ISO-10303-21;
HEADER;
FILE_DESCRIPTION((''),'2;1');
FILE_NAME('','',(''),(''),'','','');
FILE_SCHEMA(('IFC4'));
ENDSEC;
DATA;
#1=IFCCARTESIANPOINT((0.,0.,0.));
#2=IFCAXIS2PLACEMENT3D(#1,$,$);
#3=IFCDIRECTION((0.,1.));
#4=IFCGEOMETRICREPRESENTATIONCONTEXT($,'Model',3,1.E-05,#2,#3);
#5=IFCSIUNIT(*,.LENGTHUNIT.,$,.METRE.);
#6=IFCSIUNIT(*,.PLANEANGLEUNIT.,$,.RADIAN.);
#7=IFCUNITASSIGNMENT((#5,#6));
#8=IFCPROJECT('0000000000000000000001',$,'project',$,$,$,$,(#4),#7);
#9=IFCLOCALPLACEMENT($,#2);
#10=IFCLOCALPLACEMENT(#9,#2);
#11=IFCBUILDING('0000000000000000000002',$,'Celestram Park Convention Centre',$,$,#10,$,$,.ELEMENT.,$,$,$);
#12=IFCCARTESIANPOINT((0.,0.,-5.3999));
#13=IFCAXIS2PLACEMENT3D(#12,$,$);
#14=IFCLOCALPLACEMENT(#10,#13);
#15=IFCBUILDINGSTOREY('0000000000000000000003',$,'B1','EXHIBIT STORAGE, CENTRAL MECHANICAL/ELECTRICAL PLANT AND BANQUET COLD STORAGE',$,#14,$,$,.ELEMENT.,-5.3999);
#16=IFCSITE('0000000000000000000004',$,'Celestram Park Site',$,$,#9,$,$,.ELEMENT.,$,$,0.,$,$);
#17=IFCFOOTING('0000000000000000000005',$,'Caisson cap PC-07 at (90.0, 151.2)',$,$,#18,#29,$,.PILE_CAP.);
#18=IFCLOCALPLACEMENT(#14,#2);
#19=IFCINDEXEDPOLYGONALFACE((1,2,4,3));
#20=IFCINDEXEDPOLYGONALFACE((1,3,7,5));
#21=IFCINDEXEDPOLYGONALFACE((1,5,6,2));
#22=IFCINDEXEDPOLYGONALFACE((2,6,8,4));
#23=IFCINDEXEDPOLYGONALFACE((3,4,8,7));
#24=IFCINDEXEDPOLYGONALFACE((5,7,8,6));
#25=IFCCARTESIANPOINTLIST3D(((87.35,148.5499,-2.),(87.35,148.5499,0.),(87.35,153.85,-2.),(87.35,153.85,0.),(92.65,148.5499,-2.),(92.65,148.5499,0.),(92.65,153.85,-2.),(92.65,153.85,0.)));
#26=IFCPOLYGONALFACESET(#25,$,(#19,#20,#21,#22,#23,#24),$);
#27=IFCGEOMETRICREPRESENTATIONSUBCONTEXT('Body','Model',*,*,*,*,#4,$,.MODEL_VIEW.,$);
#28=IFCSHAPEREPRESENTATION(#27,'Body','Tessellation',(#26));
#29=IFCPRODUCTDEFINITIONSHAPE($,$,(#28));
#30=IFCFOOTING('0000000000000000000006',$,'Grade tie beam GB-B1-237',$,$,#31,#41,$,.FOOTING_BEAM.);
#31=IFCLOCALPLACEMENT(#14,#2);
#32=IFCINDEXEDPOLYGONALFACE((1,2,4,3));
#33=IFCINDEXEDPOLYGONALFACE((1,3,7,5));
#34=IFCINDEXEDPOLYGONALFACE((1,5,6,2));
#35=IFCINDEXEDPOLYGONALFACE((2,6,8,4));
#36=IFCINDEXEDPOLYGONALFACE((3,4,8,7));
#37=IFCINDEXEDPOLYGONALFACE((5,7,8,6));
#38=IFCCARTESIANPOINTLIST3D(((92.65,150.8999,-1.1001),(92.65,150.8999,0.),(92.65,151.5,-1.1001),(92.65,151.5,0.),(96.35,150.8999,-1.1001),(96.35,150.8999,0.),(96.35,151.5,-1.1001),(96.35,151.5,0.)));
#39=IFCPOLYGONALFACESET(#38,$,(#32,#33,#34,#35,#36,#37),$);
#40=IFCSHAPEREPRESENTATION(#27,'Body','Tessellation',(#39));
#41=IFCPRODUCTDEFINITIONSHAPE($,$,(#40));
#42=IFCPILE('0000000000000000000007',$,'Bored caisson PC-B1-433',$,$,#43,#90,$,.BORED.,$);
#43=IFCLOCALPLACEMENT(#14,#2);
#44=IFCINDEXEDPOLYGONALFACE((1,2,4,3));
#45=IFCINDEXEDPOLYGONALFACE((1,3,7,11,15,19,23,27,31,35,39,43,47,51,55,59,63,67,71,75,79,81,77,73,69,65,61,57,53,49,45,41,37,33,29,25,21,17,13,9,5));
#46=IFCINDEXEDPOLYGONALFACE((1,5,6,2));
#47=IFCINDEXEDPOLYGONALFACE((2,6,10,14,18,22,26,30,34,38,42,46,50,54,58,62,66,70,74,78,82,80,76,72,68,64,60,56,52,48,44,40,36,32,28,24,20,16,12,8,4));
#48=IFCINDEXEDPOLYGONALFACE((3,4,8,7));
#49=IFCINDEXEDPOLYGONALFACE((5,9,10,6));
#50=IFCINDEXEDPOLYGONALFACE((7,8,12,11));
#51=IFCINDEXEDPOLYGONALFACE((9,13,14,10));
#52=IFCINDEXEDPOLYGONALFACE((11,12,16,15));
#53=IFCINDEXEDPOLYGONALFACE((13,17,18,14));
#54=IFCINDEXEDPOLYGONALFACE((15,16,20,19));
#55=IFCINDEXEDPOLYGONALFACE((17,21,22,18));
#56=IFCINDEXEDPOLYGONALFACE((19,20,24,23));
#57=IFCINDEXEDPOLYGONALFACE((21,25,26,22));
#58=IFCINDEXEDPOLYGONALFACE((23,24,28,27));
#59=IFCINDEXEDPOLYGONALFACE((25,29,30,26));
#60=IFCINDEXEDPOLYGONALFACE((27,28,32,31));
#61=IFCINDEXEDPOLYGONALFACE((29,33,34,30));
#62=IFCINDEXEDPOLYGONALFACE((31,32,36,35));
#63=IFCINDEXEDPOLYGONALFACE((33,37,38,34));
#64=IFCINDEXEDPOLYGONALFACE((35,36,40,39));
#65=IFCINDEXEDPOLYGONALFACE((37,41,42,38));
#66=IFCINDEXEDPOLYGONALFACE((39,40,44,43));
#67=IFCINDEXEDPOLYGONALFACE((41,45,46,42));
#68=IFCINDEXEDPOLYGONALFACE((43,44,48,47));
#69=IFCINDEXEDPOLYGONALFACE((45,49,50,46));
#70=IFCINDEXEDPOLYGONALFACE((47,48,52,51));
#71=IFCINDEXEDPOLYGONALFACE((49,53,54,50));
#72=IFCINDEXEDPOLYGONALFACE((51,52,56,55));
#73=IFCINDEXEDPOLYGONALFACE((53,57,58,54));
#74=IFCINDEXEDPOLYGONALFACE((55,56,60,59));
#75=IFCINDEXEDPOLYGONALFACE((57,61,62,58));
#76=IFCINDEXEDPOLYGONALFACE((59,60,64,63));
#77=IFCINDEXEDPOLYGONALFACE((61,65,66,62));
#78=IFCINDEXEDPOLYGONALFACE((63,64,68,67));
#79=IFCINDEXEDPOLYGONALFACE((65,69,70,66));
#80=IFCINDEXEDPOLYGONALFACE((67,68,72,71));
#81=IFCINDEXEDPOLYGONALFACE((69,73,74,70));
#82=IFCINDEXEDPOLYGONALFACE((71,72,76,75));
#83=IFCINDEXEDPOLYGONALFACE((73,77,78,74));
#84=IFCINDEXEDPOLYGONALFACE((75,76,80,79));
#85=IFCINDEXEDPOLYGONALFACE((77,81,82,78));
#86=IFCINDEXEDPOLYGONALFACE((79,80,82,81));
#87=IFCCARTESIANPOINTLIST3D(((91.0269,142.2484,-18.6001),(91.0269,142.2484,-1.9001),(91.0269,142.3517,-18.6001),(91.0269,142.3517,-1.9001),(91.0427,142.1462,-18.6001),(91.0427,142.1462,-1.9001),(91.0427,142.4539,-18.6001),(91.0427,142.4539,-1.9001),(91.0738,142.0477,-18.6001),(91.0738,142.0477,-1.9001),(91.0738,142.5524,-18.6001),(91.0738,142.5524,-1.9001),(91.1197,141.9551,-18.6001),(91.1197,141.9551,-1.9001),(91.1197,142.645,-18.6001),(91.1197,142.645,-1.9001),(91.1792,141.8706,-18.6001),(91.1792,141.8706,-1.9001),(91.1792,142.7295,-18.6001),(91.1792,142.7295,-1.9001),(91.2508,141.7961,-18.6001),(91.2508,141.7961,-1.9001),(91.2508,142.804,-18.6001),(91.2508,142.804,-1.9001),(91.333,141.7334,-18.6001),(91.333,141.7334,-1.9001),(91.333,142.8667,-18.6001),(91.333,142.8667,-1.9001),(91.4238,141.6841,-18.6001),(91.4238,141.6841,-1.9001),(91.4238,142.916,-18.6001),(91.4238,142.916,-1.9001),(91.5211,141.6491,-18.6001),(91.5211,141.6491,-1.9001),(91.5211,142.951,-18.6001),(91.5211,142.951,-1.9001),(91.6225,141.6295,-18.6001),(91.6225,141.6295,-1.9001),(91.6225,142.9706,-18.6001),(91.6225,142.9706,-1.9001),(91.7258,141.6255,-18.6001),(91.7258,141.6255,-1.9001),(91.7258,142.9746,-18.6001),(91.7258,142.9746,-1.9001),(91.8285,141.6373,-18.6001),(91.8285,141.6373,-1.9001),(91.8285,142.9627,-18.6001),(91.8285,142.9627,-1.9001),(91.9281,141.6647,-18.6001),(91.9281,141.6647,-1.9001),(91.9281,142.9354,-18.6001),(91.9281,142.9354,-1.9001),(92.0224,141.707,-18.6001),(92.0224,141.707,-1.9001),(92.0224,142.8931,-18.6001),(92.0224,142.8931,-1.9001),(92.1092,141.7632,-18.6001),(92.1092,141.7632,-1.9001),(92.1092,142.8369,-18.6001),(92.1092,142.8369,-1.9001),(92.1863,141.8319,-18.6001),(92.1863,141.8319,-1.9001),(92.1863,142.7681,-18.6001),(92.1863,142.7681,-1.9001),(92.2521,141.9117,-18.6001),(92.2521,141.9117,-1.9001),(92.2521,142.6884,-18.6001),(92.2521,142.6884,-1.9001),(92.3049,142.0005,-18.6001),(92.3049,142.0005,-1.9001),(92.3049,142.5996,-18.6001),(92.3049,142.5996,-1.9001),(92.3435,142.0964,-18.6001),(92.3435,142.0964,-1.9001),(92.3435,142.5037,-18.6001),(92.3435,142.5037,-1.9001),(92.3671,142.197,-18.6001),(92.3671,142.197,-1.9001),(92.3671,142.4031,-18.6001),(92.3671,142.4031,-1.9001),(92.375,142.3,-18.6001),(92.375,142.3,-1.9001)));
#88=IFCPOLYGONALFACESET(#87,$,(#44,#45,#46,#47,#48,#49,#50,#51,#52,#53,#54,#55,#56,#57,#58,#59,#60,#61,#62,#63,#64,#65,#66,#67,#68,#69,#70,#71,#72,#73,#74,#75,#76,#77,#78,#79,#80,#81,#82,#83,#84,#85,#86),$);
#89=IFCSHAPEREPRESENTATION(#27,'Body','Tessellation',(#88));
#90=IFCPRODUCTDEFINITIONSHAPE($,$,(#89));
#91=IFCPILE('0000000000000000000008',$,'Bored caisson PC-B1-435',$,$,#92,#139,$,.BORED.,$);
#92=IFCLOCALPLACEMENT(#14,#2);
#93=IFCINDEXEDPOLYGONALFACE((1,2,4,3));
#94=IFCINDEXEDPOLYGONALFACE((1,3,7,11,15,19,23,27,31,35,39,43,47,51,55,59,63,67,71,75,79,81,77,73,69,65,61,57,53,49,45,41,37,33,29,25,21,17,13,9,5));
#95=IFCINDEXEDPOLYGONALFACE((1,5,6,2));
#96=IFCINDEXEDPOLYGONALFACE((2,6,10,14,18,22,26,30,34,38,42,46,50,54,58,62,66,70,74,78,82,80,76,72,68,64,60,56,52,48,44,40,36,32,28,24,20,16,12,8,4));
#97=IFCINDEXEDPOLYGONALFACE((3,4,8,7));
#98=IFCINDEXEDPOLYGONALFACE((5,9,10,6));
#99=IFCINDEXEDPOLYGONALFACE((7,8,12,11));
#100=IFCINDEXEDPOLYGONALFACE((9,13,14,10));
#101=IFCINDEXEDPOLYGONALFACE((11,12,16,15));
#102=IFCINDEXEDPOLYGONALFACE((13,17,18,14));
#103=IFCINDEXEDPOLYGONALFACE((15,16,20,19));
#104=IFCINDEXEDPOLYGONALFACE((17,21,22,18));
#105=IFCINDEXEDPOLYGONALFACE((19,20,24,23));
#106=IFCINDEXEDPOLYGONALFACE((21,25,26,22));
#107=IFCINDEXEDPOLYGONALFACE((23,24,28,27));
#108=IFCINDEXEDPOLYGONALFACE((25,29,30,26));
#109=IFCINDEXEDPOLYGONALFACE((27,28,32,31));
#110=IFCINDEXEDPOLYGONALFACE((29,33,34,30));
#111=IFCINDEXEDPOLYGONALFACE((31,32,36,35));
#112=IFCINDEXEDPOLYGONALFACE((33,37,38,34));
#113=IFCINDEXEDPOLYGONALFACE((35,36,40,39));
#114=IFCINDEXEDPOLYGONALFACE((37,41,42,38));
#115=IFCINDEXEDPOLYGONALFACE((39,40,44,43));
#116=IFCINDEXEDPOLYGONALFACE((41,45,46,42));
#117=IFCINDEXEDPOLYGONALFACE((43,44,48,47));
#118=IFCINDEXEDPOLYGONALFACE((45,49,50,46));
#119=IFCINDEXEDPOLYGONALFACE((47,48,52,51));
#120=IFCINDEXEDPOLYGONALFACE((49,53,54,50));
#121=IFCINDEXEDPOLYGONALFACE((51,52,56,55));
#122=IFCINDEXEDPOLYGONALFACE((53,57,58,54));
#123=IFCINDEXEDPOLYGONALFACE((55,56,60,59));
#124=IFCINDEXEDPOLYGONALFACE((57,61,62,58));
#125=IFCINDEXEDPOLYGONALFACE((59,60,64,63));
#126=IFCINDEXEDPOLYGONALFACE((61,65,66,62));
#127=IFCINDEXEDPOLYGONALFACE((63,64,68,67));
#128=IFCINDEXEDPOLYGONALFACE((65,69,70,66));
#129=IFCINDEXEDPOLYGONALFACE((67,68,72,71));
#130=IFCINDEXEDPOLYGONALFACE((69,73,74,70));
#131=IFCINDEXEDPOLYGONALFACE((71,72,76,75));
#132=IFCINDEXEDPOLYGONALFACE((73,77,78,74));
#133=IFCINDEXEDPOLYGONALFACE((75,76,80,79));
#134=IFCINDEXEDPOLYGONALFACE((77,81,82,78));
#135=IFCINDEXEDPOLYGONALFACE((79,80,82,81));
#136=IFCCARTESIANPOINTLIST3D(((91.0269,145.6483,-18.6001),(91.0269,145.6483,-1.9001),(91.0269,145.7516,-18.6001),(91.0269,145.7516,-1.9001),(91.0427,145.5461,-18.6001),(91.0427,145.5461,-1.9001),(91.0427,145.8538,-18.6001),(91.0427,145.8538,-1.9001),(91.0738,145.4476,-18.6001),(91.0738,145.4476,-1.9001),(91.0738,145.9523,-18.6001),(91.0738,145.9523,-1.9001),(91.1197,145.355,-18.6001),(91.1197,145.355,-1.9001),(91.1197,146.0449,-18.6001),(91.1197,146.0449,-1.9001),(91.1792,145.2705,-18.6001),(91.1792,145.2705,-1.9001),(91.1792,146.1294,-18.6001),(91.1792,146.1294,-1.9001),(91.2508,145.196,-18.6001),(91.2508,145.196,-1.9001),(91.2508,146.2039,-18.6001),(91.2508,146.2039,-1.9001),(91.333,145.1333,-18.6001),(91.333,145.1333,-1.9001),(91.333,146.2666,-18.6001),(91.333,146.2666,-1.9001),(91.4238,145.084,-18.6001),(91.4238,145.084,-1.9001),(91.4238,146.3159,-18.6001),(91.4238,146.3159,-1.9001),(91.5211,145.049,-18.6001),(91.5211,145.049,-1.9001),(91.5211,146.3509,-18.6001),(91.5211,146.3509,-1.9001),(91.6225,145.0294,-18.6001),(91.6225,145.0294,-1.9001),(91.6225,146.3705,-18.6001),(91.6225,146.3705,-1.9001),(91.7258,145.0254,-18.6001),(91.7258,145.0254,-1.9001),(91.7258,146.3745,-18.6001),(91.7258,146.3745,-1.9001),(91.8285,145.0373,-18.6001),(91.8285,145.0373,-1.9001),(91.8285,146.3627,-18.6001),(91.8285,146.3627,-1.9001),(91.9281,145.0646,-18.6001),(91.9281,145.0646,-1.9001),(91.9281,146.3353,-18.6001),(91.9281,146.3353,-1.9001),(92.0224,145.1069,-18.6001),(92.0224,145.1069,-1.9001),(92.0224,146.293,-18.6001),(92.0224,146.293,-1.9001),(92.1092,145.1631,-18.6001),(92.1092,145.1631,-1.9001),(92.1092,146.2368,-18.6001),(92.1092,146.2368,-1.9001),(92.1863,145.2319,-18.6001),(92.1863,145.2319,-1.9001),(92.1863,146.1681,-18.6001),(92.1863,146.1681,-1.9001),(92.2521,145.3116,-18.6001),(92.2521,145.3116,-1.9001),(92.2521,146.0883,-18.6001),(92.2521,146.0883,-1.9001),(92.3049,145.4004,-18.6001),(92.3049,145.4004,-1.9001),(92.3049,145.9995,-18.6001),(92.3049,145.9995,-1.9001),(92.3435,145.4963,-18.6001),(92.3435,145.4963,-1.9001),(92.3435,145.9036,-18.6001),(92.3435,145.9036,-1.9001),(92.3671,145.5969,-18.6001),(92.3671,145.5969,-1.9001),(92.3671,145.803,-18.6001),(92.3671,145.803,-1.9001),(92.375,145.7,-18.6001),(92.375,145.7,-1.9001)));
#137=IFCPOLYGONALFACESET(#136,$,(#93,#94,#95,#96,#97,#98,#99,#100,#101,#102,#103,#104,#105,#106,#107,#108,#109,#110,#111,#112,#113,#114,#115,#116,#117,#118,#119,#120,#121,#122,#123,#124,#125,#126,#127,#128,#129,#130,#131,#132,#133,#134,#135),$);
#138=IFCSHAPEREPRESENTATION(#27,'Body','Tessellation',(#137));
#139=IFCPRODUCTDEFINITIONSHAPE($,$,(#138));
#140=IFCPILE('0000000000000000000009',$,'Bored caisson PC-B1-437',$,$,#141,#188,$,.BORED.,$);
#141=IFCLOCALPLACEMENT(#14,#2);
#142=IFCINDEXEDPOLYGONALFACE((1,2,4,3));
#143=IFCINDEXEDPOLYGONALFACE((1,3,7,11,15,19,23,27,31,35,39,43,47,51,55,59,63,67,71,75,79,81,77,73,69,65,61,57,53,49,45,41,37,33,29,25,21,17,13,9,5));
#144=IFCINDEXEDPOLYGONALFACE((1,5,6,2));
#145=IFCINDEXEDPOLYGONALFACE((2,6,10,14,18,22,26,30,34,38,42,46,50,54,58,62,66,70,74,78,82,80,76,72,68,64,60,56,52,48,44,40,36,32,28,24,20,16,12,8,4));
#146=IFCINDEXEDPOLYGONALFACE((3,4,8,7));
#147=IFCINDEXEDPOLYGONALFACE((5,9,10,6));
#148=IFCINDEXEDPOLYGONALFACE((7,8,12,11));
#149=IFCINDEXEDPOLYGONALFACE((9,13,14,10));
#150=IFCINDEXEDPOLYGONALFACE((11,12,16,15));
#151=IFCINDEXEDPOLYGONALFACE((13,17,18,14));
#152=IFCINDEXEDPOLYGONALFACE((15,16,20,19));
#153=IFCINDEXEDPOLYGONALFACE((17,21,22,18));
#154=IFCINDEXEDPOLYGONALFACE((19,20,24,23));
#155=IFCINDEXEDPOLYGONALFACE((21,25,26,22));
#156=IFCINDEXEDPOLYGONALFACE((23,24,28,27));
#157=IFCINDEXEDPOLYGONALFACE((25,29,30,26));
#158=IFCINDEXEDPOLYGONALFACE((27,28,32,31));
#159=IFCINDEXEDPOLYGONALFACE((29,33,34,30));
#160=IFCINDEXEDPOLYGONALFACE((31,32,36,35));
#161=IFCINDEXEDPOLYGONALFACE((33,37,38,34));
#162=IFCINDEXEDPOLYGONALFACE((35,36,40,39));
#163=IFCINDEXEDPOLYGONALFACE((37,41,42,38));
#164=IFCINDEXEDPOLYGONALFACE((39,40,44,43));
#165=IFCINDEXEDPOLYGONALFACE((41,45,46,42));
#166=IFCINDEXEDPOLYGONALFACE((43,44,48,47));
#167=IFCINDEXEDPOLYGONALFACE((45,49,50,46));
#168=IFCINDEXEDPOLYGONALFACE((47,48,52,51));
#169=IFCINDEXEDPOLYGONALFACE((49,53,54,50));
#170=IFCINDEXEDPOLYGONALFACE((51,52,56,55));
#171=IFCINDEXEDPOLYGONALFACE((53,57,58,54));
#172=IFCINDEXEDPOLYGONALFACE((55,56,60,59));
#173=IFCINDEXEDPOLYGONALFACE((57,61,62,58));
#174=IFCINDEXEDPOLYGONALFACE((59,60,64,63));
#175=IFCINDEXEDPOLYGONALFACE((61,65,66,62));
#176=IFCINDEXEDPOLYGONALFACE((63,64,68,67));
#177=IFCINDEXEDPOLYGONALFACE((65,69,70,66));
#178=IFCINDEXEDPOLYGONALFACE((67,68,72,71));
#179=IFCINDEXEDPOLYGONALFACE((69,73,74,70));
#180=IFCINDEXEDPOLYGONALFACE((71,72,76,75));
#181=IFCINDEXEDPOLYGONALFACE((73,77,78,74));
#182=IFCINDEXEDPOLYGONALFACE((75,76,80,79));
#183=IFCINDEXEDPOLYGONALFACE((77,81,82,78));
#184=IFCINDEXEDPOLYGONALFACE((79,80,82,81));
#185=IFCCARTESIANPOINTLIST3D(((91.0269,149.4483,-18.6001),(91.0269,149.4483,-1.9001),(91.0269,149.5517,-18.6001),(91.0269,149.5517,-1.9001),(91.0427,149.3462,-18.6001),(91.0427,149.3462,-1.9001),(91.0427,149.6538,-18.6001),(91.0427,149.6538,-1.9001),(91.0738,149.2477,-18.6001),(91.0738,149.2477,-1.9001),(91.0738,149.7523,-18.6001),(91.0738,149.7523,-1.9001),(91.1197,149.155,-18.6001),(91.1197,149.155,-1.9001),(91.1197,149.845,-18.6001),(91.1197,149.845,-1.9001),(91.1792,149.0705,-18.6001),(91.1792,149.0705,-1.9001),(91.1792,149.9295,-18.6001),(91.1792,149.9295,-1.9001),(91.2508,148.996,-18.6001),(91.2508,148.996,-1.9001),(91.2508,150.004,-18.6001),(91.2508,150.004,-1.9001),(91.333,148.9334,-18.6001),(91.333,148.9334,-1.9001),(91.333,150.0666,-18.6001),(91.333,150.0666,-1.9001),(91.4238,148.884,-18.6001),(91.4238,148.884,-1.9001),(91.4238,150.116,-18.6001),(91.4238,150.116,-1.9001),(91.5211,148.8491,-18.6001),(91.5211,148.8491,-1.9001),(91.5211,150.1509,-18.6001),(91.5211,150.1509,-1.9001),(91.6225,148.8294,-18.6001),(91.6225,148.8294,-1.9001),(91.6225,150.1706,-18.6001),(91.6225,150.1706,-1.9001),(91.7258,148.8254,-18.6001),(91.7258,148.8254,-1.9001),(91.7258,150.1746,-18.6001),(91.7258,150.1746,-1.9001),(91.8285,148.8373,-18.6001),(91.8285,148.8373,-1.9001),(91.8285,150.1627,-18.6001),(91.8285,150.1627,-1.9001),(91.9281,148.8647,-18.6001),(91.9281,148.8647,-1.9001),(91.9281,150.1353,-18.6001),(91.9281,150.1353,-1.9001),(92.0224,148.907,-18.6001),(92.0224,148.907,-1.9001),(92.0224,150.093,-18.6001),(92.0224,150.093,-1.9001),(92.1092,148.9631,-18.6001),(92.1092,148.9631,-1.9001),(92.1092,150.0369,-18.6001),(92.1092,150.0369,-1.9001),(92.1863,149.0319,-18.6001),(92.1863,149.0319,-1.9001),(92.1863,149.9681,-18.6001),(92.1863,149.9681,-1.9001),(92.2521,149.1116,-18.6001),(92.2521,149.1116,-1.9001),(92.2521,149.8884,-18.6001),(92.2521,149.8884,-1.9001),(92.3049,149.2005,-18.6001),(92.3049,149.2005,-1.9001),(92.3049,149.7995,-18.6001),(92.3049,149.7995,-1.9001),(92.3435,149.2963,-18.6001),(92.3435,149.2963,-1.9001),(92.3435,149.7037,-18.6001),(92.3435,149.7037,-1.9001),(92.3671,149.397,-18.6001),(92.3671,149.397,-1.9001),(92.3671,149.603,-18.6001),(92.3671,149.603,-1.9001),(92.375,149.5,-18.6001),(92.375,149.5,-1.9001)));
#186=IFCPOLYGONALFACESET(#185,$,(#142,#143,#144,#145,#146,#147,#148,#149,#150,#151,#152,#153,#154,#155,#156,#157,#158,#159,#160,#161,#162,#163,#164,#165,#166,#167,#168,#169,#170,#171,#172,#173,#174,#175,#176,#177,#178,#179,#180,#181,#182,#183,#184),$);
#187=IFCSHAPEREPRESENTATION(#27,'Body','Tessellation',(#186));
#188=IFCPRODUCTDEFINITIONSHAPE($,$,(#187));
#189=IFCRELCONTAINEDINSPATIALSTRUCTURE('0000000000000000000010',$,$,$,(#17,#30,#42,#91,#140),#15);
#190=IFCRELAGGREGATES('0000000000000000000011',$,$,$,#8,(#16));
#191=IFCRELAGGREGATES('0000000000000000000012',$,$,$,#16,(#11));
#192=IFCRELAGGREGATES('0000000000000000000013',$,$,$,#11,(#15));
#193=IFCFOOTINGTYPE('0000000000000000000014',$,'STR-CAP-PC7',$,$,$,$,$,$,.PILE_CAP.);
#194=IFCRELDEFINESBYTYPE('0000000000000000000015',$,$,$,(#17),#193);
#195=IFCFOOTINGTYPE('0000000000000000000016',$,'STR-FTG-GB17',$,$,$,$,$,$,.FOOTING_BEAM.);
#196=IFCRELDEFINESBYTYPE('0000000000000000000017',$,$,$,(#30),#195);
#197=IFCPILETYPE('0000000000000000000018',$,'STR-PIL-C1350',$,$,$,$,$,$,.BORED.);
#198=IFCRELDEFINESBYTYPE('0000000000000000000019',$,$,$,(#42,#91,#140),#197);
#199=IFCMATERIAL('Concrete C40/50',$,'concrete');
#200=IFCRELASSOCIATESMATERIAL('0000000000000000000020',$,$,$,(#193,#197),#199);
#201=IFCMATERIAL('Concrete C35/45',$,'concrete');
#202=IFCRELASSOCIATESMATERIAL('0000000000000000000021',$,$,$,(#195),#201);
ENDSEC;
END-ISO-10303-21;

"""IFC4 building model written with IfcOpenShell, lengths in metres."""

from ifc_helpers import new_model, si_unit, direction, frame, origin, origin_2d, place, context, subcontext, project, spatial, rectangle, circle, extrude, material, material_profile, profile_set, type_object, element, save


model = new_model("IFC4")

# Units and contexts
model_context = context("Model", 3, precision=1e-05, world=origin(), true_north=direction((0.0, 1.0)))
body_context = subcontext(model_context, "Body", "Model", "MODEL_VIEW")
ifc_project = project(units=[si_unit("LENGTHUNIT", "METRE"), si_unit("PLANEANGLEUNIT", "RADIAN")], contexts=[model_context])

# Site, building, storey
site_placement = place(None, origin())
site = spatial("IfcSite", under=ifc_project, at=site_placement, Name="Celestram Park Site", CompositionType="ELEMENT", RefElevation=0.0)
building_placement = place(site_placement, origin())
building = spatial("IfcBuilding", under=site, at=building_placement, Name="Celestram Park Convention Centre", CompositionType="ELEMENT")
storey_placement = place(building_placement, frame((0.0, 0.0, -5.3999)))
storey = spatial("IfcBuildingStorey", under=building, at=storey_placement, Name="B1", Description="EXHIBIT STORAGE, CENTRAL MECHANICAL/ELECTRICAL PLANT AND BANQUET COLD STORAGE", CompositionType="ELEMENT", Elevation=-5.3999)

# Footings
ifc_material_1 = material(Name="Concrete C40/50", Category="concrete")
footing_type_1 = type_object("IfcFootingType", Name="STR-CAP-PC7", PredefinedType="PILE_CAP", material=ifc_material_1)
footing_1_placement = place(storey_placement, frame((90.0, 151.2, -2.0), z_axis=(0.0, 0.0, 1.0), x_axis=(1.0, 0.0, 0.0)))
element("IfcFooting", 1, at=footing_1_placement, inside=storey, type_object=footing_type_1, Name="Caisson cap PC-07 at (90.0, 151.2)", PredefinedType="PILE_CAP", context=body_context, shape_type="SweptSolid", body=[
    extrude(rectangle(XDim=5.3, YDim=5.3, at=origin_2d()), origin(), (0.0, 0.0, 1.0), 2.0),
])
ifc_material_2 = material(Name="Concrete C35/45", Category="concrete")
footing_type_2 = type_object("IfcFootingType", Name="STR-FTG-GB17", PredefinedType="FOOTING_BEAM", material=ifc_material_2)
footing_2_placement = place(storey_placement, frame((94.5, 151.2, -1.1001), z_axis=(0.0, 0.0, 1.0), x_axis=(1.0, 0.0, 0.0)))
element("IfcFooting", 2, at=footing_2_placement, inside=storey, type_object=footing_type_2, Name="Grade tie beam GB-B1-237", PredefinedType="FOOTING_BEAM", context=body_context, shape_type="SweptSolid", body=[
    extrude(rectangle(XDim=3.7, YDim=0.6001, at=origin_2d()), origin(), (0.0, 0.0, 1.0), 1.1001),
])

# Piles
ifc_material_profile_1 = material_profile(ifc_material_1, circle(Radius=0.675, at=origin_2d()), Name="CAISSON1350")
ifc_profile_set_1 = profile_set([ifc_material_profile_1], Name="Concrete C40/50")
pile_type = type_object("IfcPileType", Name="STR-PIL-C1350", PredefinedType="BORED", material=ifc_profile_set_1)
for number, where, z_axis, x_axis, name in (
    (3, (91.7, 142.3, -1.9001), (0.0, 0.0, -1.0), (1.0, 0.0, 0.0), "Bored caisson PC-B1-433"),
    (4, (91.7, 145.7, -1.9001), (0.0, 0.0, -1.0), (1.0, 0.0, 0.0), "Bored caisson PC-B1-435"),
    (5, (91.7, 149.5, -1.9001), (0.0, 0.0, -1.0), (1.0, 0.0, 0.0), "Bored caisson PC-B1-437"),
):
    element("IfcPile", number, at=place(storey_placement, frame(where, z_axis=z_axis, x_axis=x_axis)), inside=storey, type_object=pile_type, Name=name, PredefinedType="BORED", context=body_context, shape_type="SweptSolid", body=[
        extrude(circle(Radius=0.675, at=origin_2d()), origin(), (0.0, 0.0, 1.0), 16.7),
    ])

save(model, "model.ifc")
